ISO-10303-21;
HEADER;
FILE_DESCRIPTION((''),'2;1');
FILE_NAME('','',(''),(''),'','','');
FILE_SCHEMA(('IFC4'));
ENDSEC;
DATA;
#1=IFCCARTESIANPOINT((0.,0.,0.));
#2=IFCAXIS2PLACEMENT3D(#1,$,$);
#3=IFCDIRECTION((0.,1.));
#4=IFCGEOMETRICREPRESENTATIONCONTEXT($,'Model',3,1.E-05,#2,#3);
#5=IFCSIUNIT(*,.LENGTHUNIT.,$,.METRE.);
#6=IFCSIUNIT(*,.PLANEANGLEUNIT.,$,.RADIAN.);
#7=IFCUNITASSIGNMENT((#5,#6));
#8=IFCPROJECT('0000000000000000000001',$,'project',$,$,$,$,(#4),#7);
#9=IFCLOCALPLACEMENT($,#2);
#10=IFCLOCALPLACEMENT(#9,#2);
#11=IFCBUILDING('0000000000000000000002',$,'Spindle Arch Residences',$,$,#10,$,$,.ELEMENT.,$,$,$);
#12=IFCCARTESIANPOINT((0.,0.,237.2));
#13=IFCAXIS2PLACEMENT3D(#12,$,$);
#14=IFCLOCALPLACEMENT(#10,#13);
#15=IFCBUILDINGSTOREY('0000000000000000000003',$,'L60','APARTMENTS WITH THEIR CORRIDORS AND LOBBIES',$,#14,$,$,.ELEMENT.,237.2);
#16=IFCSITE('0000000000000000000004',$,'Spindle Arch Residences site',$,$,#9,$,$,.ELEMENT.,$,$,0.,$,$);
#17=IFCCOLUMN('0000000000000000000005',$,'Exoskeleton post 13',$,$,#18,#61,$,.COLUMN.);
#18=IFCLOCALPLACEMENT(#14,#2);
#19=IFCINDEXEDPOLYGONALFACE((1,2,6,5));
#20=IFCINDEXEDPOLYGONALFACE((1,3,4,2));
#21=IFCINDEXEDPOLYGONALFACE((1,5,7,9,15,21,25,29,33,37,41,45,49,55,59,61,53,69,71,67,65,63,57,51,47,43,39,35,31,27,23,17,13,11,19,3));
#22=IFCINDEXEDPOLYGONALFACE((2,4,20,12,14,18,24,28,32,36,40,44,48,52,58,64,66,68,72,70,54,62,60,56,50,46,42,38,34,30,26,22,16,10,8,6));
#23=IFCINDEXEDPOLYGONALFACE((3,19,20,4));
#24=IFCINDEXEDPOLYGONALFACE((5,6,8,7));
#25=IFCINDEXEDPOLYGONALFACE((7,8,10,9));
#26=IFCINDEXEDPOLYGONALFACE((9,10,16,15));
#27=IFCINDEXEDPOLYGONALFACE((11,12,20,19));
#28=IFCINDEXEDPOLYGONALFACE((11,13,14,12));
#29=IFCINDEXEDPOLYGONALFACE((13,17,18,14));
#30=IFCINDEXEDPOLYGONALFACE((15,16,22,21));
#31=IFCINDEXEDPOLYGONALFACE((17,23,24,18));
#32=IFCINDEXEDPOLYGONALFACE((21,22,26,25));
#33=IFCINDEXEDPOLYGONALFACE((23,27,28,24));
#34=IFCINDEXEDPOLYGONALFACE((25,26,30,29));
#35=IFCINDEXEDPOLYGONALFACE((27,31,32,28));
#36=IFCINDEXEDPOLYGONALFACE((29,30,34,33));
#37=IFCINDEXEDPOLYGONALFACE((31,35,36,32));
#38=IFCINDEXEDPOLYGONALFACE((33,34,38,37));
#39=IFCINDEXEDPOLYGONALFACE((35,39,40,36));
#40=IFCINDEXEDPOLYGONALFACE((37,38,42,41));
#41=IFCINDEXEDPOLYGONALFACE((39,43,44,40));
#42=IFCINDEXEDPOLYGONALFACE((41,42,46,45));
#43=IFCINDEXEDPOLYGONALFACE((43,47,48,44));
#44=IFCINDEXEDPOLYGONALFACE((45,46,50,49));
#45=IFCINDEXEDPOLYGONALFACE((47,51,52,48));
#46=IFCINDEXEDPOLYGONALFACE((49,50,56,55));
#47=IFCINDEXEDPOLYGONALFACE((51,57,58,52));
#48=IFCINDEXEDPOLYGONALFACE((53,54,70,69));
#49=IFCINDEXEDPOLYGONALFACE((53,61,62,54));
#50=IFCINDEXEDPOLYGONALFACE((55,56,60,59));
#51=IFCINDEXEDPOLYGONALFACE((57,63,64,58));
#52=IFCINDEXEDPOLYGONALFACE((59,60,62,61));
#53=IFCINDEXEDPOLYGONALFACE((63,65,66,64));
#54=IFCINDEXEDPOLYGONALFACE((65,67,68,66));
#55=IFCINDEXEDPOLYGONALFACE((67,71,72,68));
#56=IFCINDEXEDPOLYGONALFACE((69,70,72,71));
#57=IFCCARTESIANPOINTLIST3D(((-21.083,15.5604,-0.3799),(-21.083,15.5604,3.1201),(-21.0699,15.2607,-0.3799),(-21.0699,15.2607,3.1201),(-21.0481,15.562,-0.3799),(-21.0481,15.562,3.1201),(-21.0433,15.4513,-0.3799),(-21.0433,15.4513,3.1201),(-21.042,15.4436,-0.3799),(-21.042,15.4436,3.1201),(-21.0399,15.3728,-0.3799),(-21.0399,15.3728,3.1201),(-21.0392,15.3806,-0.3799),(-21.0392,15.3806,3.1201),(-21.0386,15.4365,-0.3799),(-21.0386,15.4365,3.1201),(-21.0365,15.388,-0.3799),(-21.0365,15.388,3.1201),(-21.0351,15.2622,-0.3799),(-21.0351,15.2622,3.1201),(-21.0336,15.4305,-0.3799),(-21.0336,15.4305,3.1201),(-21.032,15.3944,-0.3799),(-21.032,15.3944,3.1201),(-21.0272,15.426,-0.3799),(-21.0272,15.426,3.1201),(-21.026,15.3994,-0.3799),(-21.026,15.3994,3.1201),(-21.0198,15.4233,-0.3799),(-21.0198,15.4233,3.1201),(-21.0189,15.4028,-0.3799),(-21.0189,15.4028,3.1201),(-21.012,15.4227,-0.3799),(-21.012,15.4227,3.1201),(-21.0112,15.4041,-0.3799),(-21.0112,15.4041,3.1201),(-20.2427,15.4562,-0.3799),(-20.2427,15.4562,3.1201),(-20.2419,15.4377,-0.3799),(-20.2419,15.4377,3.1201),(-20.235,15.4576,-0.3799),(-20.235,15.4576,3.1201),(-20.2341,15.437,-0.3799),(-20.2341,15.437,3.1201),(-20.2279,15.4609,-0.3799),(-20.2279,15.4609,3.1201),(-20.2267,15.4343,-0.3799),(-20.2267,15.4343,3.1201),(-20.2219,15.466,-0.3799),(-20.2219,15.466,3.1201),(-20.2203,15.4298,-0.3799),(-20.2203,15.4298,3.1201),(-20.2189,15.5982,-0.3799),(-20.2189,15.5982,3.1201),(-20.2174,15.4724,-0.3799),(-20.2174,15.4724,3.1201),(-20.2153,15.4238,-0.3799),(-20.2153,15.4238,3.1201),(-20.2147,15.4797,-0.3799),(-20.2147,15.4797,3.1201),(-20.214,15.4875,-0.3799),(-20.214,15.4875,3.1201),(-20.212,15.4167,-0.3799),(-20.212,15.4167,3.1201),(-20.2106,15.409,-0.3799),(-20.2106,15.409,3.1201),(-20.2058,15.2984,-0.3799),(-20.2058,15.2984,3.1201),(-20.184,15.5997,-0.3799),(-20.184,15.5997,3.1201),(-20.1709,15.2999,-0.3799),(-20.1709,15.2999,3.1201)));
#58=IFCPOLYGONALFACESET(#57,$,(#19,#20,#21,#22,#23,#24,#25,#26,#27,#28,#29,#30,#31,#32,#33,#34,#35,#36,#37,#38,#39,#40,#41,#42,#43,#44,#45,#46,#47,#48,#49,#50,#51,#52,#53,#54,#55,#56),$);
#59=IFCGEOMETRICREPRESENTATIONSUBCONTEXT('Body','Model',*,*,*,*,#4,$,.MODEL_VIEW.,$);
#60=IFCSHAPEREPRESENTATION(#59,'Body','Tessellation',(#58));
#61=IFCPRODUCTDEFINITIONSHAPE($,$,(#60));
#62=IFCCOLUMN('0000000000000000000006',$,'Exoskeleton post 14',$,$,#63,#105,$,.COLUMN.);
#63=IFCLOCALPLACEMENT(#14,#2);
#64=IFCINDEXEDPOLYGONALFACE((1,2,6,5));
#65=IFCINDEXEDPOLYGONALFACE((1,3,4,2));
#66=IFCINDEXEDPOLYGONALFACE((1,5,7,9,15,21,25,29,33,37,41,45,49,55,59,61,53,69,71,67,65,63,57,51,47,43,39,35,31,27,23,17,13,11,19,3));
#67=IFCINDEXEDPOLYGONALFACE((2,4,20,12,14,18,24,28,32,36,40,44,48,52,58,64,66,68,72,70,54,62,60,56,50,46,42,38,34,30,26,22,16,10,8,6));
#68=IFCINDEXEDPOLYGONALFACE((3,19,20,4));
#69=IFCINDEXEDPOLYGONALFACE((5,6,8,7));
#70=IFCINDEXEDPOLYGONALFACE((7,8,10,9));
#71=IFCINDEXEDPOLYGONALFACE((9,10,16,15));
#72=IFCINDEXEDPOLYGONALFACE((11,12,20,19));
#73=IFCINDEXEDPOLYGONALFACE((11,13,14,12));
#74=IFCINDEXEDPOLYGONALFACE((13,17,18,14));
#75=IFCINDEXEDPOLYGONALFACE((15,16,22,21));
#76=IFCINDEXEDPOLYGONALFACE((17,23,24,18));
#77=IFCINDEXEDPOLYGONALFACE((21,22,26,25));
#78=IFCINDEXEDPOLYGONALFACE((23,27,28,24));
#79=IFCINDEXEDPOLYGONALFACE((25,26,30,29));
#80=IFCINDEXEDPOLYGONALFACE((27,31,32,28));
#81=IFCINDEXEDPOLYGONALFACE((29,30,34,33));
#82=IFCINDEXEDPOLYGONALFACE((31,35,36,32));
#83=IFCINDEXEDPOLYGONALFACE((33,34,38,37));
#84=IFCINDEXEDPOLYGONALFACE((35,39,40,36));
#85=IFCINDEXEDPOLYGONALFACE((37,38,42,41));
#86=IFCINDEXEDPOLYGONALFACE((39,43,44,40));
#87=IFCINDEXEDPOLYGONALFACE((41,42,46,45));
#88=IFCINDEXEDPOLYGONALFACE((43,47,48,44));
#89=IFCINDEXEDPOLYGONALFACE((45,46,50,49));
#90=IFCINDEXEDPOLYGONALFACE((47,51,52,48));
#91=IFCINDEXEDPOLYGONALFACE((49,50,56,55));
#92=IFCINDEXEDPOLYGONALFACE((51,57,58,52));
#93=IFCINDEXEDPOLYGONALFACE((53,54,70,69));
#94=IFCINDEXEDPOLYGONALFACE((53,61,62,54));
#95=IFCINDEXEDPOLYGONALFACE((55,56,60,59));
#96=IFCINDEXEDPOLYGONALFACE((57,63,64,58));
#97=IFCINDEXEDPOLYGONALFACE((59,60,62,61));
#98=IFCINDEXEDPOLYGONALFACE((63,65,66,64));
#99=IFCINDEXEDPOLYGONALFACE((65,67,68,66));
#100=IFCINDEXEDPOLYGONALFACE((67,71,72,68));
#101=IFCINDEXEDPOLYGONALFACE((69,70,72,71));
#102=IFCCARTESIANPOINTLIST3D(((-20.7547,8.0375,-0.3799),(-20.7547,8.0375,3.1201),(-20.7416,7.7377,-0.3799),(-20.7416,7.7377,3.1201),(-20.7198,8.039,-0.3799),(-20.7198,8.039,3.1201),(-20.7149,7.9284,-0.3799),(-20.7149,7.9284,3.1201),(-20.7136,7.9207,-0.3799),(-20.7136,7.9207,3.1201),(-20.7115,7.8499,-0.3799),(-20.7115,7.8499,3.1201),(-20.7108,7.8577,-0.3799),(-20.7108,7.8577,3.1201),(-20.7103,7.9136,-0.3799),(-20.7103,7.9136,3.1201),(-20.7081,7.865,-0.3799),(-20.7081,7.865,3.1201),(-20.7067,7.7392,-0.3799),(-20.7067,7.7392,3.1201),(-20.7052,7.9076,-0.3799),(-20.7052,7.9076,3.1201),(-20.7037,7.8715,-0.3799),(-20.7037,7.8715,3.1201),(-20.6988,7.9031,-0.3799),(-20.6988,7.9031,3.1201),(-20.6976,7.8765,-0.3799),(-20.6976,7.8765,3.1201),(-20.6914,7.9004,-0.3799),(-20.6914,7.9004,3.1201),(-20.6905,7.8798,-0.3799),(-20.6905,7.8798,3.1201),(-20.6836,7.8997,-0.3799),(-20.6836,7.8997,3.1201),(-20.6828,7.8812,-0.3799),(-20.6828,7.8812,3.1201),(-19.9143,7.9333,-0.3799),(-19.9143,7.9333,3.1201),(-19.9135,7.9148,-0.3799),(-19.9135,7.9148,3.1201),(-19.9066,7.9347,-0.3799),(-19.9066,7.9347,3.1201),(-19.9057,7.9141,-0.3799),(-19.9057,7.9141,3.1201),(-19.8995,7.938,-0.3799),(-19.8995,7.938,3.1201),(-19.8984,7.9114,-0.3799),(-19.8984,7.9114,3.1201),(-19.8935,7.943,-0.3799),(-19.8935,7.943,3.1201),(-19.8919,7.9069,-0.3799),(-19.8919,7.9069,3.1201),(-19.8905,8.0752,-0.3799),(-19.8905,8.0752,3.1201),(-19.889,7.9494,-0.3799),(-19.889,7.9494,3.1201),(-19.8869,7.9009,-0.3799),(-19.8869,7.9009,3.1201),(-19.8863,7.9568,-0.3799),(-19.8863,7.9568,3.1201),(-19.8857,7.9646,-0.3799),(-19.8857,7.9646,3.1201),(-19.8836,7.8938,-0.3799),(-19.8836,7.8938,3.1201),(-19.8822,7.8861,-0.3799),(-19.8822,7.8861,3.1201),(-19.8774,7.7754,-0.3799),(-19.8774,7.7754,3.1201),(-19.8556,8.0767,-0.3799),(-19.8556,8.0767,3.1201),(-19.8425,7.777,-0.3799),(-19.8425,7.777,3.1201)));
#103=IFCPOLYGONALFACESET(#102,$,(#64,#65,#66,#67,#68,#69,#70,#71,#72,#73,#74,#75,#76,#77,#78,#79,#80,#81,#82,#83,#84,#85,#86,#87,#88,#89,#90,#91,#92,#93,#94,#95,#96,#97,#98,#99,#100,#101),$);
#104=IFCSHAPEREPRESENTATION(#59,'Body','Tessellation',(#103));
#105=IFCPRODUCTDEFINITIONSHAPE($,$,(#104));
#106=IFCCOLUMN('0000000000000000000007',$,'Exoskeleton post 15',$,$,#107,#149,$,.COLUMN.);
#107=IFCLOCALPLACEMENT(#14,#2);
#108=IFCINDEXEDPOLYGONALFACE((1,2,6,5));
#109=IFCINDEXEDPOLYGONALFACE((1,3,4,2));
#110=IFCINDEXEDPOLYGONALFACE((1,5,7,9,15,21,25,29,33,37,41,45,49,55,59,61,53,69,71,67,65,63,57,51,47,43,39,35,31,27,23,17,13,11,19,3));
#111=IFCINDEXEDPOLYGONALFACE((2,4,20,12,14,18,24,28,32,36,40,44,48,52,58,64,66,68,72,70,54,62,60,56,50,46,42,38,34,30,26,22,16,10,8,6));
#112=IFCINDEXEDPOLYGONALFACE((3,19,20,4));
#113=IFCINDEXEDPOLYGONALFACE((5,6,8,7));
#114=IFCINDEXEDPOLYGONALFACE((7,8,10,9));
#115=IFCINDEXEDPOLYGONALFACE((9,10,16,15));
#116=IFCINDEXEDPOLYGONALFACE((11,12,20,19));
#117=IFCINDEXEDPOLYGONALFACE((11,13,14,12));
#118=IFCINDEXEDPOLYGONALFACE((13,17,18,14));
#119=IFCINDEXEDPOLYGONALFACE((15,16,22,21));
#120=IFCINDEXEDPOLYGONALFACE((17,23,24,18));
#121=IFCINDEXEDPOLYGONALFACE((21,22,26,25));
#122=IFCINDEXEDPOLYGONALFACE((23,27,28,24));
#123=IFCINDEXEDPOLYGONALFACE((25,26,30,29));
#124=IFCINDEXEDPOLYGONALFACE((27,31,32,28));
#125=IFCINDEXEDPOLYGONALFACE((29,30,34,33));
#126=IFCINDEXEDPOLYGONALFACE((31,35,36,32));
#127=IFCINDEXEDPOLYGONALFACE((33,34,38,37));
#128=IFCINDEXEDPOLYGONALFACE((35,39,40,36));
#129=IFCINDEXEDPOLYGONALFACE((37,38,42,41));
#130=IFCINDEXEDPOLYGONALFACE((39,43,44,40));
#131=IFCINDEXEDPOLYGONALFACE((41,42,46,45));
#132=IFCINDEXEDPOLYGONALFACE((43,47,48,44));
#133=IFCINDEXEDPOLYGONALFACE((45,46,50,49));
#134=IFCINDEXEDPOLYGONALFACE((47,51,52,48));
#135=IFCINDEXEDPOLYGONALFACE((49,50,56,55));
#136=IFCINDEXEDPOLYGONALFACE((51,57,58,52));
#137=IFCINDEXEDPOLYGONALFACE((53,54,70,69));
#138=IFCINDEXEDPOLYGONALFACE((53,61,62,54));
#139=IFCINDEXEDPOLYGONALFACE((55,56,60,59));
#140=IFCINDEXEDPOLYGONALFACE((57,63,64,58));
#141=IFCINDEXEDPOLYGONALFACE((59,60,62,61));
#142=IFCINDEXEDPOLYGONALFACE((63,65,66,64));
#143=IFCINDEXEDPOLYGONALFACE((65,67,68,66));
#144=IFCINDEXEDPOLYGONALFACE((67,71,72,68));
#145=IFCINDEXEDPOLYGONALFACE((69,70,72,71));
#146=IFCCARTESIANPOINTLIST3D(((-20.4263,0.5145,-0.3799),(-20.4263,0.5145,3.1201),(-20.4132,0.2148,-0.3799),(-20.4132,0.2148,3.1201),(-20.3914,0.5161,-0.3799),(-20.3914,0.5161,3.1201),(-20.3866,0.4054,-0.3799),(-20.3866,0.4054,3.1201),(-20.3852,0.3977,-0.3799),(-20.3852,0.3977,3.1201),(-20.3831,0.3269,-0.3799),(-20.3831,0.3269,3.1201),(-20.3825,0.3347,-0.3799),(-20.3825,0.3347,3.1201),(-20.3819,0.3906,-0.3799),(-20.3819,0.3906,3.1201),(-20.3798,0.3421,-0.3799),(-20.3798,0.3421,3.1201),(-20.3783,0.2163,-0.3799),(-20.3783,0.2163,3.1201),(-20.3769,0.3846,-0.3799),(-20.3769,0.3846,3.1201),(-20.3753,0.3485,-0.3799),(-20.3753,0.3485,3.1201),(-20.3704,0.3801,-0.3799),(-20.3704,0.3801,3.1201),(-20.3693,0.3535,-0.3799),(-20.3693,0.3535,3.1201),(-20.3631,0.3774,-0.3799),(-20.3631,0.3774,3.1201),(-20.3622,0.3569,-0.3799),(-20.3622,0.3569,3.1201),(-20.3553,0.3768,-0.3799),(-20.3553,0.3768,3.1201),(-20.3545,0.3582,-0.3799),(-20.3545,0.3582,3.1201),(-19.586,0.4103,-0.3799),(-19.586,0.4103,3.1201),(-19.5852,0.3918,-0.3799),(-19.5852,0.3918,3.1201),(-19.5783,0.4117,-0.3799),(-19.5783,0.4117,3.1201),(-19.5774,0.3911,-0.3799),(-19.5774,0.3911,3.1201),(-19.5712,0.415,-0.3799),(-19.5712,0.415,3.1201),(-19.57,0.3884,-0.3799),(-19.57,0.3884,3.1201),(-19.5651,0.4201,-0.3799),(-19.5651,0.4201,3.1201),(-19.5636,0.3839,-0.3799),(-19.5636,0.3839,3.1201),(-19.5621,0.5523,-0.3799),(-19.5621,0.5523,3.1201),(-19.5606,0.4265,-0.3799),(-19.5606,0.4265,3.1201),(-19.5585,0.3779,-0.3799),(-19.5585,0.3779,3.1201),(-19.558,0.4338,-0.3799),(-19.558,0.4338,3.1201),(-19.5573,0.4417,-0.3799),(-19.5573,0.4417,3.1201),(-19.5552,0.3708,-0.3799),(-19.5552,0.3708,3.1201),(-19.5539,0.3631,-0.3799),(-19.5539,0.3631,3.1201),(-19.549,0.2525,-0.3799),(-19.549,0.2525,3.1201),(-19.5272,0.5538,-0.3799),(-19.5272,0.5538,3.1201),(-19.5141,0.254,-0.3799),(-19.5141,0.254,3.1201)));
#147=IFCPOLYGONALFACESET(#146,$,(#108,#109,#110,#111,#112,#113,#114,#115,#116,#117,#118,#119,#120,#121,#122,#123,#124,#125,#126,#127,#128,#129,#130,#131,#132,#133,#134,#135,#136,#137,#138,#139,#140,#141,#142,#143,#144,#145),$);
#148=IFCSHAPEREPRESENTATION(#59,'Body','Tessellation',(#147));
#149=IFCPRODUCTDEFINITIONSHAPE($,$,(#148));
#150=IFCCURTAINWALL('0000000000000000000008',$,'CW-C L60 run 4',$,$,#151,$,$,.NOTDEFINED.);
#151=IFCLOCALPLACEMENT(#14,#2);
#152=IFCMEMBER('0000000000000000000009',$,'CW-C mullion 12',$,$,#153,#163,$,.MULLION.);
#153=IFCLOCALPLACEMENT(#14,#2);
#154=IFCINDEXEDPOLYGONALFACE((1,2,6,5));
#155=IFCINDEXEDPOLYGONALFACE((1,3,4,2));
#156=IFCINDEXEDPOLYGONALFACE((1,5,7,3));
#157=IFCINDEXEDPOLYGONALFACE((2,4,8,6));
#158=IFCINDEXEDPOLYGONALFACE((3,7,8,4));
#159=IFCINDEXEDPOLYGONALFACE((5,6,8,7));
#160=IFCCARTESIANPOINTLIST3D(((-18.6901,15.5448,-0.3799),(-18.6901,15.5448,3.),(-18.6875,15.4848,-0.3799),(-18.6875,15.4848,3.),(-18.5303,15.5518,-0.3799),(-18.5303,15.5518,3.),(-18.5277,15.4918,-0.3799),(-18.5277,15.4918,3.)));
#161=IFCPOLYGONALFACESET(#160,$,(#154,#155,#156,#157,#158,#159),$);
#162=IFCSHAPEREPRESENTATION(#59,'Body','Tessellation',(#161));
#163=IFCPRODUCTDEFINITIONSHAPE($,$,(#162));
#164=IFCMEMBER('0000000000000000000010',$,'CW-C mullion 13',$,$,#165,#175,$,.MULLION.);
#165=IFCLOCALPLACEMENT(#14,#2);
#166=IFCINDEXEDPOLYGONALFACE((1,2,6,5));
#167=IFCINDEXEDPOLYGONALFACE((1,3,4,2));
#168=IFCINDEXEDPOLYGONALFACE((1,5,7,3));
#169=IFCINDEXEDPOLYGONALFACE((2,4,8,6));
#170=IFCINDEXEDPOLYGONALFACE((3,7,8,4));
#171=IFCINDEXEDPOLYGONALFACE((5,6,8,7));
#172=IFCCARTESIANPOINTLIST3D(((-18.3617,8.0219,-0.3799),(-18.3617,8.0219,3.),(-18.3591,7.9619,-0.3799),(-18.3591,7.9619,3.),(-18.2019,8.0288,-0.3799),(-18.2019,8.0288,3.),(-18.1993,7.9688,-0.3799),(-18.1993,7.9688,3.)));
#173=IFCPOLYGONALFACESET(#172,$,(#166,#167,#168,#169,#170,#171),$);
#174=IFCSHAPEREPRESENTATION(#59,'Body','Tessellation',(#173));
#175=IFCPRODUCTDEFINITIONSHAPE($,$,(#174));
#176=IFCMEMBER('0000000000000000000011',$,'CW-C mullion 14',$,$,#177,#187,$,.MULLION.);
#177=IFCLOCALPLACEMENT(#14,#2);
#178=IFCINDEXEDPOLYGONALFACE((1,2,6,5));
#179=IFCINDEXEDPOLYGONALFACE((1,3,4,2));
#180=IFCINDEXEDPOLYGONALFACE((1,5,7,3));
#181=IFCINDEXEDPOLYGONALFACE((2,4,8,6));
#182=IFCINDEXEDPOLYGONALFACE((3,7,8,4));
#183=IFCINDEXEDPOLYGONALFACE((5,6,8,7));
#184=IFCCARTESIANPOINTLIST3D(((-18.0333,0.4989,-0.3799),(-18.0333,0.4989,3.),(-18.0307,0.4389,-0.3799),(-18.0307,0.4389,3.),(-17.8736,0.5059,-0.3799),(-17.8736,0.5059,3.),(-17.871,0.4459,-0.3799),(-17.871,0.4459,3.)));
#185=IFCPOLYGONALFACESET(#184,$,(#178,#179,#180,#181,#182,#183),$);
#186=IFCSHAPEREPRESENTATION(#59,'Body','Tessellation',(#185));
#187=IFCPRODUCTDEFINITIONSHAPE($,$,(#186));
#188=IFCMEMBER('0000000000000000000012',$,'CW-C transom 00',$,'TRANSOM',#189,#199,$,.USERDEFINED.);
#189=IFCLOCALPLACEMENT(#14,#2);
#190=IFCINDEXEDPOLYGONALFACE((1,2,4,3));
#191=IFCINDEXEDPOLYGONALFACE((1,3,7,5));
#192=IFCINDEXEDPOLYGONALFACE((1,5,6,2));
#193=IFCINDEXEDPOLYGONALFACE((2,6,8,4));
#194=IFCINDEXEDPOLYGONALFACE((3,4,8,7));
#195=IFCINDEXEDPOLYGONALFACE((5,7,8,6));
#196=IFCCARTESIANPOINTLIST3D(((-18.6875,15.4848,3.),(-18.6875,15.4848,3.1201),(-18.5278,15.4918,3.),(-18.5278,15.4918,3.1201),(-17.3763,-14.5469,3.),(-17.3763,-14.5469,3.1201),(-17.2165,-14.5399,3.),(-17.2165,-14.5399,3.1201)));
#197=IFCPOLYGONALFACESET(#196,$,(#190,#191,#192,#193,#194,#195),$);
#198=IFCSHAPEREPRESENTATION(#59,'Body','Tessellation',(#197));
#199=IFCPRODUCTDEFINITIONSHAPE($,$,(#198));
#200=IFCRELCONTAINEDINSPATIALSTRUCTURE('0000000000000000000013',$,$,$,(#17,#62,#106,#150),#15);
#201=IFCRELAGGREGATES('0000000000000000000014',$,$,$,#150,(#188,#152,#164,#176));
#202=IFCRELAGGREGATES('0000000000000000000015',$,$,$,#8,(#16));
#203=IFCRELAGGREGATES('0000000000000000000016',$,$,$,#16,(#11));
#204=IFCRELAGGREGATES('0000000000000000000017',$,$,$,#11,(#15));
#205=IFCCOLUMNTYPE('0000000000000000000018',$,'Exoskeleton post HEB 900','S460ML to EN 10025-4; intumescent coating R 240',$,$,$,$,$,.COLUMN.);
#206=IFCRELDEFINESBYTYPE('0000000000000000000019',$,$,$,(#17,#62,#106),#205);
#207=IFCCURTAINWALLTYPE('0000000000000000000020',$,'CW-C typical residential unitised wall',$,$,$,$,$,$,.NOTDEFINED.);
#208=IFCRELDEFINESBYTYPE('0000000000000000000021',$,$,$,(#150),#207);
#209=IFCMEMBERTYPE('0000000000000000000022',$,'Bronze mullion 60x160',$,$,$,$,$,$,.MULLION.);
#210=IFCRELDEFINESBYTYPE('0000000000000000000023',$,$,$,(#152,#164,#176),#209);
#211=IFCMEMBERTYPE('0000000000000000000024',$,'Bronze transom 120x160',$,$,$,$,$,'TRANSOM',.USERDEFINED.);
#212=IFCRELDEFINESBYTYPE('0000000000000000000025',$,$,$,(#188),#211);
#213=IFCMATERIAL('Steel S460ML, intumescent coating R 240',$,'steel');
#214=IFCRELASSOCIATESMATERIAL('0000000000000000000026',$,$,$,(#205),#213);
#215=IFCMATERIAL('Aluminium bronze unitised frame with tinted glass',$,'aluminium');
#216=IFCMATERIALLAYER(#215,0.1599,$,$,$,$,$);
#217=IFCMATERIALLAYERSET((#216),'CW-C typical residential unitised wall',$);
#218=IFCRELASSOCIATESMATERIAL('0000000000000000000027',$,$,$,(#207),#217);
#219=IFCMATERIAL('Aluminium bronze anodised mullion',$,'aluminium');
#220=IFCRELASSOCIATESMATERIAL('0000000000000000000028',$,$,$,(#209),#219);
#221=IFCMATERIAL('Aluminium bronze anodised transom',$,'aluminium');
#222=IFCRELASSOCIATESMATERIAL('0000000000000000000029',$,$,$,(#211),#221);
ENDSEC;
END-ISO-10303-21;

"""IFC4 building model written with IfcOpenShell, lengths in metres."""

from ifc_helpers import new_model, si_unit, direction, frame, origin, origin_2d, place, context, subcontext, project, spatial, rectangle, i_section, extrude, material, layer, layer_set, material_profile, profile_set, type_object, element, aggregate, save


model = new_model("IFC4")

# Units and contexts
model_context = context("Model", 3, precision=1e-05, world=origin(), true_north=direction((0.0, 1.0)))
body_context = subcontext(model_context, "Body", "Model", "MODEL_VIEW")
ifc_project = project(units=[si_unit("LENGTHUNIT", "METRE"), si_unit("PLANEANGLEUNIT", "RADIAN")], contexts=[model_context])

# Site, building, storey
site_placement = place(None, origin())
site = spatial("IfcSite", under=ifc_project, at=site_placement, Name="Spindle Arch Residences site", CompositionType="ELEMENT", RefElevation=0.0)
building_placement = place(site_placement, origin())
building = spatial("IfcBuilding", under=site, at=building_placement, Name="Spindle Arch Residences", CompositionType="ELEMENT")
storey_placement = place(building_placement, frame((0.0, 0.0, 237.2)))
storey = spatial("IfcBuildingStorey", under=building, at=storey_placement, Name="L60", Description="APARTMENTS WITH THEIR CORRIDORS AND LOBBIES", CompositionType="ELEMENT", Elevation=237.2)

# Columns
ifc_material_1 = material(Name="Steel S460ML, intumescent coating R 240", Category="steel")
ifc_material_profile_1 = material_profile(ifc_material_1, i_section(OverallWidth=0.3, OverallDepth=0.8999, WebThickness=0.0186, FlangeThickness=0.0349, FilletRadius=0.03, at=origin_2d()), Name="HEB 900")
ifc_profile_set_1 = profile_set([ifc_material_profile_1], Name="Steel S460ML, intumescent coating R 240")
column_type = type_object("IfcColumnType", Name="Exoskeleton post HEB 900", Description="S460ML to EN 10025-4; intumescent coating R 240", PredefinedType="COLUMN", material=ifc_profile_set_1)
for number, where, z_axis, x_axis, name in (
    (1, (-20.627, 15.4302, -0.3799), (0.0, 0.0, 1.0), (-0.043619, 0.999048, 0.0), "Exoskeleton post 13"),
    (2, (-20.2986, 7.9072, -0.3799), (0.0, 0.0, 1.0), (-0.043619, 0.999048, 0.0), "Exoskeleton post 14"),
    (3, (-19.9702, 0.3843, -0.3799), (0.0, 0.0, 1.0), (-0.043619, 0.999048, 0.0), "Exoskeleton post 15"),
):
    element("IfcColumn", number, at=place(storey_placement, frame(where, z_axis=z_axis, x_axis=x_axis)), inside=storey, type_object=column_type, Name=name, PredefinedType="COLUMN", context=body_context, shape_type="SweptSolid", body=[
        extrude(i_section(OverallWidth=0.3, OverallDepth=0.8999, WebThickness=0.0186, FlangeThickness=0.0349, FilletRadius=0.03, at=origin_2d()), origin(), (0.0, 0.0, 1.0), 3.5),
    ])

# Curtain wall, members
ifc_material_2 = material(Name="Aluminium bronze unitised frame with tinted glass", Category="aluminium")
ifc_layer_1 = layer(ifc_material_2, 0.1599)
ifc_layer_set_1 = layer_set([ifc_layer_1], Name="CW-C typical residential unitised wall")
curtain_wall_type = type_object("IfcCurtainWallType", Name="CW-C typical residential unitised wall", PredefinedType="NOTDEFINED", material=ifc_layer_set_1)
curtain_wall_placement = place(storey_placement, origin())
curtain_wall = element("IfcCurtainWall", 4, at=curtain_wall_placement, inside=storey, type_object=curtain_wall_type, Name="CW-C L60 run 4", PredefinedType="NOTDEFINED")
ifc_material_3 = material(Name="Aluminium bronze anodised mullion", Category="aluminium")
ifc_material_profile_2 = material_profile(ifc_material_3, rectangle(XDim=0.1599, YDim=0.0601, at=origin_2d()), Name="MU 60x160")
ifc_profile_set_2 = profile_set([ifc_material_profile_2], Name="Aluminium bronze anodised mullion")
member_type_1 = type_object("IfcMemberType", Name="Bronze mullion 60x160", PredefinedType="MULLION", material=ifc_profile_set_2)
member_1_placement = place(storey_placement, frame((-18.6089, 15.5183, -0.3799), z_axis=(0.0, 0.0, 1.0), x_axis=(0.999048, 0.043619, 0.0)))
member_1 = element("IfcMember", 5, at=member_1_placement, type_object=member_type_1, Name="CW-C mullion 12", PredefinedType="MULLION", context=body_context, shape_type="SweptSolid", body=[
    extrude(rectangle(XDim=0.1599, YDim=0.0601, at=origin_2d()), origin(), (0.0, 0.0, 1.0), 3.3799),
])
member_2_placement = place(storey_placement, frame((-18.2805, 7.9954, -0.3799), z_axis=(0.0, 0.0, 1.0), x_axis=(0.999048, 0.043619, 0.0)))
member_2 = element("IfcMember", 6, at=member_2_placement, type_object=member_type_1, Name="CW-C mullion 13", PredefinedType="MULLION", context=body_context, shape_type="SweptSolid", body=[
    extrude(rectangle(XDim=0.1599, YDim=0.0601, at=origin_2d()), origin(), (0.0, 0.0, 1.0), 3.3799),
])
member_3_placement = place(storey_placement, frame((-17.9521, 0.4724, -0.3799), z_axis=(0.0, 0.0, 1.0), x_axis=(0.999048, 0.043619, 0.0)))
member_3 = element("IfcMember", 7, at=member_3_placement, type_object=member_type_1, Name="CW-C mullion 14", PredefinedType="MULLION", context=body_context, shape_type="SweptSolid", body=[
    extrude(rectangle(XDim=0.1599, YDim=0.0601, at=origin_2d()), origin(), (0.0, 0.0, 1.0), 3.3799),
])
ifc_material_4 = material(Name="Aluminium bronze anodised transom", Category="aluminium")
ifc_material_profile_3 = material_profile(ifc_material_4, rectangle(XDim=0.1599, YDim=0.1201, at=origin_2d()), Name="TR 120x160")
ifc_profile_set_3 = profile_set([ifc_material_profile_3], Name="Aluminium bronze anodised transom")
member_type_2 = type_object("IfcMemberType", Name="Bronze transom 120x160", ElementType="TRANSOM", PredefinedType="USERDEFINED", material=ifc_profile_set_3)
member_4_placement = place(storey_placement, frame((-18.6077, 15.4883, 3.0601), z_axis=(0.043622, -0.999048, 0.0), x_axis=(0.999048, 0.043622, 0.0)))
member_4 = element("IfcMember", 8, at=member_4_placement, type_object=member_type_2, Name="CW-C transom 00", ObjectType="TRANSOM", PredefinedType="USERDEFINED", context=body_context, shape_type="SweptSolid", body=[
    extrude(rectangle(XDim=0.1599, YDim=0.1201, at=origin_2d()), origin(), (0.0, 0.0, 1.0), 30.0603),
])

aggregate(curtain_wall, [member_4, member_1, member_2, member_3])

save(model, "model.ifc")
